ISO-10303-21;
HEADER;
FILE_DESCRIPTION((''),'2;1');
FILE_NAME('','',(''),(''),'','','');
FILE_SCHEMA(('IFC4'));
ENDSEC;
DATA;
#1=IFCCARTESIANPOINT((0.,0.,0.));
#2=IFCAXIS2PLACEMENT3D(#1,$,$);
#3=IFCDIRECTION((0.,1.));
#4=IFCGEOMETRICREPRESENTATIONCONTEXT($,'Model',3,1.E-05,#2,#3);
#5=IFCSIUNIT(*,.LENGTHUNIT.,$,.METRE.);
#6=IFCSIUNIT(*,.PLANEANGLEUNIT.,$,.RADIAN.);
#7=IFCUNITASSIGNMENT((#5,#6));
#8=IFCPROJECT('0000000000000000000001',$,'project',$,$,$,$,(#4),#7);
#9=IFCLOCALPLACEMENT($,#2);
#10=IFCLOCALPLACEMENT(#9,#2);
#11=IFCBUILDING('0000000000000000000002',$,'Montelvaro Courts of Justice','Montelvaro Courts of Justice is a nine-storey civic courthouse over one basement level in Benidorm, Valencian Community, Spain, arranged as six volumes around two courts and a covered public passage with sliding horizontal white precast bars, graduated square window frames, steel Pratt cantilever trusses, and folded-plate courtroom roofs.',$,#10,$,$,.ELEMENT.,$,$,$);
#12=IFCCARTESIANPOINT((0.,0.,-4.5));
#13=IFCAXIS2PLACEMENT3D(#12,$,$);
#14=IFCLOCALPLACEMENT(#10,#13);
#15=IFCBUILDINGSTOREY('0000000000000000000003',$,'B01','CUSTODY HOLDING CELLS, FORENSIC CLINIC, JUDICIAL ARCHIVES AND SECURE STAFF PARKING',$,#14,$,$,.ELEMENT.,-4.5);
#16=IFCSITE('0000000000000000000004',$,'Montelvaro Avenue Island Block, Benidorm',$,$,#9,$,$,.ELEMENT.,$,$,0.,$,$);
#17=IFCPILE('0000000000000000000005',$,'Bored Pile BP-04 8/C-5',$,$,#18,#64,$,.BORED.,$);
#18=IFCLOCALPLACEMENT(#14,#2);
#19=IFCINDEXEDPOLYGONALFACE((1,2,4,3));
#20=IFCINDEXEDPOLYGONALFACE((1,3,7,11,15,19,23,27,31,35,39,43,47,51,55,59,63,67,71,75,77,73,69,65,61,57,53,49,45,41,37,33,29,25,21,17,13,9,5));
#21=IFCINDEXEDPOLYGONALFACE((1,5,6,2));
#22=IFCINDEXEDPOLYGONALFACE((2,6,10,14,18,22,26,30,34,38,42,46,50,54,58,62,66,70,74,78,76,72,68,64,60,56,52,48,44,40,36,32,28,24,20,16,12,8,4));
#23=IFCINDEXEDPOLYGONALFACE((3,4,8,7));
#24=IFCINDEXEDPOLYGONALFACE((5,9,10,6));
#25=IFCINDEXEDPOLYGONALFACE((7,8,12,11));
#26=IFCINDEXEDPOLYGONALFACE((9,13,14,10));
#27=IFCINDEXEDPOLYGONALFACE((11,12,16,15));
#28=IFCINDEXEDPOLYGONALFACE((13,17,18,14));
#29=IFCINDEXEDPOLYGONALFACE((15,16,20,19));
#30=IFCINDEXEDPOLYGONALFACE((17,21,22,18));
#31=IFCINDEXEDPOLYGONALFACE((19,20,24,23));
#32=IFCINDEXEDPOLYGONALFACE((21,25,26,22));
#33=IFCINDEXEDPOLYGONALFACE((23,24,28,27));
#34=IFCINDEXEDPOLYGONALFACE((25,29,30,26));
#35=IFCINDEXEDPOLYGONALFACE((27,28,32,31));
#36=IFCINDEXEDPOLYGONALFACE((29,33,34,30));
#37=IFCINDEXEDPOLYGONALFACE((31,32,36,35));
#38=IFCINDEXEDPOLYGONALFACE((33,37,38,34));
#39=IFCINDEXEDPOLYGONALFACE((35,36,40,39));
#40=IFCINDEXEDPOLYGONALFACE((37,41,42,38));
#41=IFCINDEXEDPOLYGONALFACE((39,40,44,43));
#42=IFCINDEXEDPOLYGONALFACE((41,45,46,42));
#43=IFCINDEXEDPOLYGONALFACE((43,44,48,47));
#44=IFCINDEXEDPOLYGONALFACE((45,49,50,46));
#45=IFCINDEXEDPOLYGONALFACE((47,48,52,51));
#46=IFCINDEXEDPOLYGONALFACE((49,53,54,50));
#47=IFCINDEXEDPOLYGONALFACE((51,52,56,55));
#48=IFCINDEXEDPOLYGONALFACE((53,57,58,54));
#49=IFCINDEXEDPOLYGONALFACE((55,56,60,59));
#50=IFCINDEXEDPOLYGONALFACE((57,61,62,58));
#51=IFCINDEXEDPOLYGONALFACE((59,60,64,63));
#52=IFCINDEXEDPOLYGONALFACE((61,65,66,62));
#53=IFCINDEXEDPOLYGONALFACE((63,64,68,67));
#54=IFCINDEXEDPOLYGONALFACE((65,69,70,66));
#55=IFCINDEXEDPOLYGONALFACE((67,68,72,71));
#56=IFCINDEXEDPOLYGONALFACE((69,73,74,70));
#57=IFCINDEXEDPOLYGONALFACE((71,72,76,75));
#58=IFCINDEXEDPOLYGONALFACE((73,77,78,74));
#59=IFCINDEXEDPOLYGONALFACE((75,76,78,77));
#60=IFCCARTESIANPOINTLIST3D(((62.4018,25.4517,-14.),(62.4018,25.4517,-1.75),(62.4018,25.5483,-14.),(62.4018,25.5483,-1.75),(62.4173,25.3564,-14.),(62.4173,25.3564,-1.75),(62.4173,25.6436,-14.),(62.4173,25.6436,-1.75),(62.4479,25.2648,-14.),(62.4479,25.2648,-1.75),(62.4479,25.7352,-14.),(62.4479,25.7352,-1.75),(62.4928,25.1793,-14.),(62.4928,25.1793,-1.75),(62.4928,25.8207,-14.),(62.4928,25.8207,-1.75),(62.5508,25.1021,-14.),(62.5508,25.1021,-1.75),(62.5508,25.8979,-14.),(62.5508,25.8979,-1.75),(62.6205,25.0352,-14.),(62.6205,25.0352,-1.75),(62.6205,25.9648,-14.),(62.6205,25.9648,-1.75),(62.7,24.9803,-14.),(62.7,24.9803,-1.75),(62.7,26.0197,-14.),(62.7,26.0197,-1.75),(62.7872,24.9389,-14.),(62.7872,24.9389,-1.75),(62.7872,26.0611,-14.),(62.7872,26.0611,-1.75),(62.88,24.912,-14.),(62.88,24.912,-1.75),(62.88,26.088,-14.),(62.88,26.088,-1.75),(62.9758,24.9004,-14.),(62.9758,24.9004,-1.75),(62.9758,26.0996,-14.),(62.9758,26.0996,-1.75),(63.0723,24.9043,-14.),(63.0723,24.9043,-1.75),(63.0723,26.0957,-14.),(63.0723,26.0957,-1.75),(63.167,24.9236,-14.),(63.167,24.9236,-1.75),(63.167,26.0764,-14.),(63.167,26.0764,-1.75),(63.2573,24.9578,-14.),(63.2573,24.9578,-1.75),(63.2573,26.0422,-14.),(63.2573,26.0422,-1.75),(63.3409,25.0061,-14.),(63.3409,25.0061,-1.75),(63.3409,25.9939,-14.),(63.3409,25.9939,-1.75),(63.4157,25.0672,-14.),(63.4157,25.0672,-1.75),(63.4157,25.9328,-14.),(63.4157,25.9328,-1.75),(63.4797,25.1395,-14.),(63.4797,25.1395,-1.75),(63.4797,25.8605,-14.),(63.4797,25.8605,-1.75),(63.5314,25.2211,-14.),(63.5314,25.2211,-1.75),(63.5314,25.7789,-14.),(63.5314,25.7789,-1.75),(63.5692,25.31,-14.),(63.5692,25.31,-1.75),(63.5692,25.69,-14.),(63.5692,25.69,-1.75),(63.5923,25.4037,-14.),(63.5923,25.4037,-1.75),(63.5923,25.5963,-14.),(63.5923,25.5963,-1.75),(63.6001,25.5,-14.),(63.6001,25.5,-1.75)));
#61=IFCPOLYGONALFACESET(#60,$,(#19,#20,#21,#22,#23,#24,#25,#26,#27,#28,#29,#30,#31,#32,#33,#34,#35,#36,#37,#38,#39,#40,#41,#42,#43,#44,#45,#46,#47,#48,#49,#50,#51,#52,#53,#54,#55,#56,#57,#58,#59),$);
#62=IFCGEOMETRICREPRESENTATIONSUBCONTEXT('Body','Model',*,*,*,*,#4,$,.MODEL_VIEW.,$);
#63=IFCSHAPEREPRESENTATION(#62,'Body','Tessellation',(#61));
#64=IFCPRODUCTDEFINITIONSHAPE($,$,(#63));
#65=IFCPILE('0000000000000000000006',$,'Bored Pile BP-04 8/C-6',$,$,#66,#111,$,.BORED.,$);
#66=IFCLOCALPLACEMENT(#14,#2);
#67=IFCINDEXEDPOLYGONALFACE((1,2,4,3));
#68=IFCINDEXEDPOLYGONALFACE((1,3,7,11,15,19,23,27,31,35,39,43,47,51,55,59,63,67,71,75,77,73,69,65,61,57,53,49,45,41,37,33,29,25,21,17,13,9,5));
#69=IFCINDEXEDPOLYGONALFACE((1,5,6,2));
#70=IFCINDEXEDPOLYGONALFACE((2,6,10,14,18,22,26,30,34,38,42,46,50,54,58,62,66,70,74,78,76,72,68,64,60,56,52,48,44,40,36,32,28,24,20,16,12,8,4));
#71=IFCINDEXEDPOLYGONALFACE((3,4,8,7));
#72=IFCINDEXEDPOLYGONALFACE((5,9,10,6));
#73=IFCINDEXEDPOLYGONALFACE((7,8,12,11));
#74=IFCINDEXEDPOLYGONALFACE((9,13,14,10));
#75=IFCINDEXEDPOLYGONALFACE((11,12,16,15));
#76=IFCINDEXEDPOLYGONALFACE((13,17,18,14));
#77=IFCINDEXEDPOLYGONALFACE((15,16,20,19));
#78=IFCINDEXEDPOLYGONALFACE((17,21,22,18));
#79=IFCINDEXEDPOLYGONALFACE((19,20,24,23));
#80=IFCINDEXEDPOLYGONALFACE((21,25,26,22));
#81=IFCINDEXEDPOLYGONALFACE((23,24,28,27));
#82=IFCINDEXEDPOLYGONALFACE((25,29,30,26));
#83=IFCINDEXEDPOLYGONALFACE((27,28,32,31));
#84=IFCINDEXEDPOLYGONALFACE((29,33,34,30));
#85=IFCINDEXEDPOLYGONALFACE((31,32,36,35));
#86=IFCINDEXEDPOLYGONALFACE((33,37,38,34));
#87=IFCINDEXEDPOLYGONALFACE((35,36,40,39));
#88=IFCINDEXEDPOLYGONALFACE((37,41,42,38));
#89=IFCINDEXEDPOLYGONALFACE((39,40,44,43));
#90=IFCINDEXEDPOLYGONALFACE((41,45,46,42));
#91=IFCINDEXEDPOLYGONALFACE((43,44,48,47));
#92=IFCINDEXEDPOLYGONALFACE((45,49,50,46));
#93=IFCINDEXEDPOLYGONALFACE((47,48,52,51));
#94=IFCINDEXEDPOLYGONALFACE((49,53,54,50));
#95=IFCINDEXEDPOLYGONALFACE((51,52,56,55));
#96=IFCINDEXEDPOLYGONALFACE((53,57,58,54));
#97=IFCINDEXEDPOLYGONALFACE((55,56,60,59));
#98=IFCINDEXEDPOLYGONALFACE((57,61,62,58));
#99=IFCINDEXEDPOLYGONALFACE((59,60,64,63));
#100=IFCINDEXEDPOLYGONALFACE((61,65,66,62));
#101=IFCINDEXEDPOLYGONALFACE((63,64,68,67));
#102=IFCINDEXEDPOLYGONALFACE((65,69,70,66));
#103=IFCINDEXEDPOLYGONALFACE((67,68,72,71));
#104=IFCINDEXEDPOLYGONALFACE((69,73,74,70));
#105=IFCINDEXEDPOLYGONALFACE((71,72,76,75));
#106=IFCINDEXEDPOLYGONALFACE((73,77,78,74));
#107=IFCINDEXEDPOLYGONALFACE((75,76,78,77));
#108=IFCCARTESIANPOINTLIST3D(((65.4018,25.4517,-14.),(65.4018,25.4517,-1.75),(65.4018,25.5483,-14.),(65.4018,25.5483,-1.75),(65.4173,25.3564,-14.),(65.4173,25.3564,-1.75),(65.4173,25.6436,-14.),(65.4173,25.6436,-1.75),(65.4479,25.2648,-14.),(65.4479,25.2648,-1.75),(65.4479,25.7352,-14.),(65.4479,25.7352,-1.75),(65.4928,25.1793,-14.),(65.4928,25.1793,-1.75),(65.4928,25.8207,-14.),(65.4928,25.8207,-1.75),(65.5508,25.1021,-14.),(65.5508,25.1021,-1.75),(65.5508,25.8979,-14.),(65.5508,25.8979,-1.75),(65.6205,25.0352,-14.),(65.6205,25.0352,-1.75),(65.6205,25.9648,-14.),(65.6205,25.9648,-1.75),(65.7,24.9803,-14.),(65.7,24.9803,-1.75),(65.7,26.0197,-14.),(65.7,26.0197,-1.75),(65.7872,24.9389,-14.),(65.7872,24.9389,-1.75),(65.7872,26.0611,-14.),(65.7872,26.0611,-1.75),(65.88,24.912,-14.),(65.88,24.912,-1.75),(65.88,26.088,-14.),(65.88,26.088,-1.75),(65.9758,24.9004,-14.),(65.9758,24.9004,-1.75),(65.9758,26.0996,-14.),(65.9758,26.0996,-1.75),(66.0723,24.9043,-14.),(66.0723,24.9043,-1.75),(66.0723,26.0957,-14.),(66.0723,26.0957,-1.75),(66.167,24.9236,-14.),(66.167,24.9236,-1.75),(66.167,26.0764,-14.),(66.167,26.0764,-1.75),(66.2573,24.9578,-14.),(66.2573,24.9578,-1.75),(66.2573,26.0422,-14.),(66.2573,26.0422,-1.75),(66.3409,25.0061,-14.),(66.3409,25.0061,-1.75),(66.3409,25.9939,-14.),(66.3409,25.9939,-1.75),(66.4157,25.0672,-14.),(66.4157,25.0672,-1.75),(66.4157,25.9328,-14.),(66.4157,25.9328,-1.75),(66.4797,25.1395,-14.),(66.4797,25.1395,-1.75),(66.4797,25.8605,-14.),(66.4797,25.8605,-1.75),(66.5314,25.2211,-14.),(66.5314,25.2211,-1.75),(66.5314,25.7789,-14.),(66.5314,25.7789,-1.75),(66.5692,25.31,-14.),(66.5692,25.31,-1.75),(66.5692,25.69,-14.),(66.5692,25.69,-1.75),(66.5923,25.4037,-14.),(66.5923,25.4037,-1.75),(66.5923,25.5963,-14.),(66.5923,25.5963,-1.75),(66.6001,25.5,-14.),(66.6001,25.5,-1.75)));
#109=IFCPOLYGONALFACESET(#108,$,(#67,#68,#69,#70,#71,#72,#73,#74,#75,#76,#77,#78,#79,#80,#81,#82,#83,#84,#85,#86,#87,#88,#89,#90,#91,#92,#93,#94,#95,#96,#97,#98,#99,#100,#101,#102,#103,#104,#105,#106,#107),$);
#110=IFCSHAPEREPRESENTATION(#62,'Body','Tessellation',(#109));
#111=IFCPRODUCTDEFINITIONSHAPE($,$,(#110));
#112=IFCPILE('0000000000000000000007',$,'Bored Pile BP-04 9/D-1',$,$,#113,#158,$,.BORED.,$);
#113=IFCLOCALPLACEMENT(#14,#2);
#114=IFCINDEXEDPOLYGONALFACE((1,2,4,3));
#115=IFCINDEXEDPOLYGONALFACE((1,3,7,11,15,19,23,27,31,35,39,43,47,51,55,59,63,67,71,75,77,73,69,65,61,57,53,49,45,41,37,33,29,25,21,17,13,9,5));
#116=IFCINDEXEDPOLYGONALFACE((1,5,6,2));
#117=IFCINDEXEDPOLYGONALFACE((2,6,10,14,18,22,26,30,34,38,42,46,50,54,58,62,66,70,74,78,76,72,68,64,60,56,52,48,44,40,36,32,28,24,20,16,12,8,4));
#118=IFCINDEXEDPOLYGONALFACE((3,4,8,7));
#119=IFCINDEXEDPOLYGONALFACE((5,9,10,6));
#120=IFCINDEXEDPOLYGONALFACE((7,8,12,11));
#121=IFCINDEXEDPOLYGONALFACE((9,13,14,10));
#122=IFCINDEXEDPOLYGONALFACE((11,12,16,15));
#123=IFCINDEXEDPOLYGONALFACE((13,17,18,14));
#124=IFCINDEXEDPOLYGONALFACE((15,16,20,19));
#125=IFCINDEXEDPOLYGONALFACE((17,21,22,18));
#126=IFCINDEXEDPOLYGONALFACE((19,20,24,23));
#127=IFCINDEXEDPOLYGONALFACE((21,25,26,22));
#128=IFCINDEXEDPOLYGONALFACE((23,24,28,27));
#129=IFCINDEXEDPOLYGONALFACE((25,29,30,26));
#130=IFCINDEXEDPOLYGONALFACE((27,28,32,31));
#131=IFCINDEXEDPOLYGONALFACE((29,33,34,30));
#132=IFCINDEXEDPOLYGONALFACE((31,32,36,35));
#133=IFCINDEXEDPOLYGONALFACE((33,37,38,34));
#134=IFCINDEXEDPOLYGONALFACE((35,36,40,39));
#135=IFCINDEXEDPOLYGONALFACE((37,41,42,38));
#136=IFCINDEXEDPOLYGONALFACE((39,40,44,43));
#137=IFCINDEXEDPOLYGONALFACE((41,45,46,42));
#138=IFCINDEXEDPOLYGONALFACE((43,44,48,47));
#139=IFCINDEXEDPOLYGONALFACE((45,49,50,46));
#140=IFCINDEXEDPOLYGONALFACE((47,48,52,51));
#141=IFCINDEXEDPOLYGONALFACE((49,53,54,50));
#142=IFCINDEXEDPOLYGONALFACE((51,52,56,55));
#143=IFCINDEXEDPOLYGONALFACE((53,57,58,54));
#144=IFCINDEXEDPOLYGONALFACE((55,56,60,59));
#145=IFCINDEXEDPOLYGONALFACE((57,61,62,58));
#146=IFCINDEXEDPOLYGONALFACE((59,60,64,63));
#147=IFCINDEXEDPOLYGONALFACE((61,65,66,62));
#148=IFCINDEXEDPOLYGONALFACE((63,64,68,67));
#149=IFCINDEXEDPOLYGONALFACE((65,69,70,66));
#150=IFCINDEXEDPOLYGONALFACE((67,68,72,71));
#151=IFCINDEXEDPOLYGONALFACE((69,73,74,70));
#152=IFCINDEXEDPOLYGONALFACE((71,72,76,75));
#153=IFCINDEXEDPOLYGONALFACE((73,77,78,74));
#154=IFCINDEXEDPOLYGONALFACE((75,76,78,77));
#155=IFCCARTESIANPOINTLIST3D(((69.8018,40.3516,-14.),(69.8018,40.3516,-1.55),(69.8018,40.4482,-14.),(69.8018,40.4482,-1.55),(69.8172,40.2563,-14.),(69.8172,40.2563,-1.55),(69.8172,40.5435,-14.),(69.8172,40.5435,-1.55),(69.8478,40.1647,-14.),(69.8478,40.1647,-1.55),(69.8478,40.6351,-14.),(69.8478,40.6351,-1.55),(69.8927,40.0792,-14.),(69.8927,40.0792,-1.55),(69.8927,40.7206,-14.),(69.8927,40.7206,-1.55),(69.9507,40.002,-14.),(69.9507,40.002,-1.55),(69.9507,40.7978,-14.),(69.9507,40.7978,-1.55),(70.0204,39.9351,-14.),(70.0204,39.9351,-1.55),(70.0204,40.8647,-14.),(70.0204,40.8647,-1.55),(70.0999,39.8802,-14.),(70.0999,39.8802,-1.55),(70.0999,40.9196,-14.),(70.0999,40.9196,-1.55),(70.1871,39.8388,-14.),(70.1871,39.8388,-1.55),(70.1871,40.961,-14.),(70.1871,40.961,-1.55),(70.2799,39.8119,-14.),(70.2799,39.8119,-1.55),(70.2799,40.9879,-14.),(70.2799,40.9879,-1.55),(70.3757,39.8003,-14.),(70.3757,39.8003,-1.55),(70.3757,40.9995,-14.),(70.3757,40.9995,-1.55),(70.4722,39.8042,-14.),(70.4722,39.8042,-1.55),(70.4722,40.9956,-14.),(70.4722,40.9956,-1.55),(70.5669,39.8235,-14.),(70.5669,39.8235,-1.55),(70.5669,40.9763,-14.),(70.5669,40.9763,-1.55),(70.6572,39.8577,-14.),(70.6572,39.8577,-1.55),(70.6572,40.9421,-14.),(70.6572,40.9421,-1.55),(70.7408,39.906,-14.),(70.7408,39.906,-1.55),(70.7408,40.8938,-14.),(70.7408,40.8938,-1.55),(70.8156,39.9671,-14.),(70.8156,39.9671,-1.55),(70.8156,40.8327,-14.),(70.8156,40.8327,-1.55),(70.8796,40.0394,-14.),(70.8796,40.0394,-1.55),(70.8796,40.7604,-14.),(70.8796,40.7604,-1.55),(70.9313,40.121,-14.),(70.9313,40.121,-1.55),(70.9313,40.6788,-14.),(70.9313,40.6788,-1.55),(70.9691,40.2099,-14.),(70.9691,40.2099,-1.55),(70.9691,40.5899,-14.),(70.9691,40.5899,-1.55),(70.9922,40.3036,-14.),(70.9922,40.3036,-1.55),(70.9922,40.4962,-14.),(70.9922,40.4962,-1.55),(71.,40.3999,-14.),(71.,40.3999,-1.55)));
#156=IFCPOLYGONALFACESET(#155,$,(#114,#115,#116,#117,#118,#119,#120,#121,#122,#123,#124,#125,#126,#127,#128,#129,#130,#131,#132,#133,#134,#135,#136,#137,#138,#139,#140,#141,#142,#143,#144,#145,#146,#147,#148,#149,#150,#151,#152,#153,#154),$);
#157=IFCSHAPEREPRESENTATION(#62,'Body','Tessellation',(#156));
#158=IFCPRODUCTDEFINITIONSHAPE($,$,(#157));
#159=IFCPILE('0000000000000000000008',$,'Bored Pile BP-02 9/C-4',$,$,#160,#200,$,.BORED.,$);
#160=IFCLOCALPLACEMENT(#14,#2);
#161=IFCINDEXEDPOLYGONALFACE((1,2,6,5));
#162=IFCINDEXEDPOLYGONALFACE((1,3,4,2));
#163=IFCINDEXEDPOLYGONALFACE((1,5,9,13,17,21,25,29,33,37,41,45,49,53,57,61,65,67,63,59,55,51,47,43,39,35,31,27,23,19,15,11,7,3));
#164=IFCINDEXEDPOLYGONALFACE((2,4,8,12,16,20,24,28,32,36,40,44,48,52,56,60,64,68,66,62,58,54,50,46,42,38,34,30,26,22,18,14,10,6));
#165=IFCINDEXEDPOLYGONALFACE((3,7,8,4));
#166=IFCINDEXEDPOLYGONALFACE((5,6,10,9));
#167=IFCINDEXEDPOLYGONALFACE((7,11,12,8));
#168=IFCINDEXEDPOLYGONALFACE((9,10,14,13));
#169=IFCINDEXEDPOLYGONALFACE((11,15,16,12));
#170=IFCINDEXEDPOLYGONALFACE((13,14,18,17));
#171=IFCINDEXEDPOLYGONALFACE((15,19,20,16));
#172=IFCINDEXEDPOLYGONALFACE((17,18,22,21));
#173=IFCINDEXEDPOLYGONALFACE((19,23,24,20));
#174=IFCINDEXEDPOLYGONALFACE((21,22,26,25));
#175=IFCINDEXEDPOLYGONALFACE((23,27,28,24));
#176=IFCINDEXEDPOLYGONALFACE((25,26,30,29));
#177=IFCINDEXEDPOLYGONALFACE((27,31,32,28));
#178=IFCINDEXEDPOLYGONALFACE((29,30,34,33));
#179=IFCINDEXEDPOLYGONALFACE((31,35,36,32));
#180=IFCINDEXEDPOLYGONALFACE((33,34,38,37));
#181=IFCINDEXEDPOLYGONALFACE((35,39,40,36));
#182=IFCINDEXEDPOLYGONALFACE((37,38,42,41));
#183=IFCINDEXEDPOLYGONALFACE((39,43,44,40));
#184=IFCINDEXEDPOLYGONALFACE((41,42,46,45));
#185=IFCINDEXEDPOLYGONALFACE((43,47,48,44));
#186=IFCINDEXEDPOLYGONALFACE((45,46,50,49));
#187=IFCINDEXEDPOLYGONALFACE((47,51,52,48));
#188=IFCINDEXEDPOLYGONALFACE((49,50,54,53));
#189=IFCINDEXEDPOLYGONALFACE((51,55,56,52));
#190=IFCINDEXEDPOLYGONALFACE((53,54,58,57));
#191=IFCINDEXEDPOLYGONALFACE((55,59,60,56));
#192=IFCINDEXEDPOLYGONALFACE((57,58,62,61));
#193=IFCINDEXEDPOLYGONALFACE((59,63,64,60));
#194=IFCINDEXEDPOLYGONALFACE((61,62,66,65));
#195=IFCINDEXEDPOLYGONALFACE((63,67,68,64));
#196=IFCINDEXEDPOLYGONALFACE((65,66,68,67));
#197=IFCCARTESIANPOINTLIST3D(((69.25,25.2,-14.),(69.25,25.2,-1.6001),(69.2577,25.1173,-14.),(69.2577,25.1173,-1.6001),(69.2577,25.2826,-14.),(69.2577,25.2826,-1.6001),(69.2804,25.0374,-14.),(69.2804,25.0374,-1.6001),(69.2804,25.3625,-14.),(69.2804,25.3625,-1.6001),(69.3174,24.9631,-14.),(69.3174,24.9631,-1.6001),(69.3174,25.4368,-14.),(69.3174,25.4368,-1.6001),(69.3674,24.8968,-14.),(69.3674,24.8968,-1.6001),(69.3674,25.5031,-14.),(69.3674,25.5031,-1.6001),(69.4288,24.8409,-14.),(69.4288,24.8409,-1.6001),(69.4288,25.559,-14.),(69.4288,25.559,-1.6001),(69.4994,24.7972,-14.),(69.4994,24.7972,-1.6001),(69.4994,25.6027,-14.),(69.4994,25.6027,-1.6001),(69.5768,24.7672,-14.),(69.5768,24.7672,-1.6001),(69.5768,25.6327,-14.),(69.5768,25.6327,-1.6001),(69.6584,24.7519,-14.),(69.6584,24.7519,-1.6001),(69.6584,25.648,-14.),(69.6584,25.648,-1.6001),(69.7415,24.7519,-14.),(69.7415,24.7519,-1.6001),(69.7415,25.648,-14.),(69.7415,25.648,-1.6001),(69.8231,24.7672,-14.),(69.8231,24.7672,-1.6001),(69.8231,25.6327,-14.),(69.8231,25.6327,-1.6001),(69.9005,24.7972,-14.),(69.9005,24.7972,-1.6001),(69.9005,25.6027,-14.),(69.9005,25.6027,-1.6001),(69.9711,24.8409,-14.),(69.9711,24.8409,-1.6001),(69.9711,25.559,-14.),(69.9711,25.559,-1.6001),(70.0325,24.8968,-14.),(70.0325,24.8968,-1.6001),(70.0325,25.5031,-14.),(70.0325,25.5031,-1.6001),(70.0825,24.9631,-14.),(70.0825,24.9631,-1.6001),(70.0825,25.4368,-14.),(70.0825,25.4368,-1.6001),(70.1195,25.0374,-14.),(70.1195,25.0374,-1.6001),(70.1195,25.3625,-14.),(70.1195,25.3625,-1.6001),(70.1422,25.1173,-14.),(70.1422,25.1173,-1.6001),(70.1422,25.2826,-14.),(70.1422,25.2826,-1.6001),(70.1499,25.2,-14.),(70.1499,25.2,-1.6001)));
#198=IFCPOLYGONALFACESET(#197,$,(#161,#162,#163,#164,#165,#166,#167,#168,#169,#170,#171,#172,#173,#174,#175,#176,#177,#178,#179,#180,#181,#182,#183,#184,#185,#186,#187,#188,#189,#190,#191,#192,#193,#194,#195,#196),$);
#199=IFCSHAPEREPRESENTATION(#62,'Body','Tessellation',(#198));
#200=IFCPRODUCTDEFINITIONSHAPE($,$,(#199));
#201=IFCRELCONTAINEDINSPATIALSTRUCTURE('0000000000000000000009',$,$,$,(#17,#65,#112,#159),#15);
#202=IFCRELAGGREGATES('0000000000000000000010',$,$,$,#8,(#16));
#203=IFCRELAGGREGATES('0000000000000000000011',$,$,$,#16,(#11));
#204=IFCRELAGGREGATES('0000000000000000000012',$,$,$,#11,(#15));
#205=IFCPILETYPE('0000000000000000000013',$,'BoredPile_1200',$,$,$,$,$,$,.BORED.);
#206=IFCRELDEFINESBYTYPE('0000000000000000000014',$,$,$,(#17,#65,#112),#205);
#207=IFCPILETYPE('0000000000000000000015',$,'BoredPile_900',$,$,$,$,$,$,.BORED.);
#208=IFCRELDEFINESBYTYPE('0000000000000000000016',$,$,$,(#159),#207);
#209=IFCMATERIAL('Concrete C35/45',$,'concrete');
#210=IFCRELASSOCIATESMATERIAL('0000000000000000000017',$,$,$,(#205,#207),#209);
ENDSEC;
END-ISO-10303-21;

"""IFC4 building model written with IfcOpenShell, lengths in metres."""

from ifc_helpers import new_model, si_unit, direction, frame, origin, origin_2d, place, context, subcontext, project, spatial, circle, extrude, material, material_profile, profile_set, type_object, element, save


model = new_model("IFC4")

# Units and contexts
model_context = context("Model", 3, precision=1e-05, world=origin(), true_north=direction((0.0, 1.0)))
body_context = subcontext(model_context, "Body", "Model", "MODEL_VIEW")
ifc_project = project(units=[si_unit("LENGTHUNIT", "METRE"), si_unit("PLANEANGLEUNIT", "RADIAN")], contexts=[model_context])

# Site, building, storey
site_placement = place(None, origin())
site = spatial("IfcSite", under=ifc_project, at=site_placement, Name="Montelvaro Avenue Island Block, Benidorm", CompositionType="ELEMENT", RefElevation=0.0)
building_placement = place(site_placement, origin())
building = spatial("IfcBuilding", under=site, at=building_placement, Name="Montelvaro Courts of Justice", Description="Montelvaro Courts of Justice is a nine-storey civic courthouse over one basement level in Benidorm, Valencian Community, Spain, arranged as six volumes around two courts and a covered public passage with sliding horizontal white precast bars, graduated square window frames, steel Pratt cantilever trusses, and folded-plate courtroom roofs.", CompositionType="ELEMENT")
storey_placement = place(building_placement, frame((0.0, 0.0, -4.5)))
storey = spatial("IfcBuildingStorey", under=building, at=storey_placement, Name="B01", Description="CUSTODY HOLDING CELLS, FORENSIC CLINIC, JUDICIAL ARCHIVES AND SECURE STAFF PARKING", CompositionType="ELEMENT", Elevation=-4.5)

# Piles
ifc_material_1 = material(Name="Concrete C35/45", Category="concrete")
ifc_material_profile_1 = material_profile(ifc_material_1, circle(Radius=0.6001, at=origin_2d()), Name="BORED PILE D1200")
ifc_profile_set_1 = profile_set([ifc_material_profile_1], Name="Concrete C35/45")
pile_type_1 = type_object("IfcPileType", Name="BoredPile_1200", PredefinedType="BORED", material=ifc_profile_set_1)
for number, where, z_axis, x_axis, name in (
    (1, (63.0, 25.5, -1.75), (0.0, 0.0, -1.0), (1.0, 0.0, 0.0), "Bored Pile BP-04 8/C-5"),
    (2, (66.0, 25.5, -1.75), (0.0, 0.0, -1.0), (1.0, 0.0, 0.0), "Bored Pile BP-04 8/C-6"),
):
    element("IfcPile", number, at=place(storey_placement, frame(where, z_axis=z_axis, x_axis=x_axis)), inside=storey, type_object=pile_type_1, Name=name, PredefinedType="BORED", context=body_context, shape_type="SweptSolid", body=[
        extrude(circle(Radius=0.6001, at=origin_2d()), origin(), (0.0, 0.0, 1.0), 12.25),
    ])
pile_1_placement = place(storey_placement, frame((70.3999, 40.3999, -1.55), z_axis=(0.0, 0.0, -1.0), x_axis=(1.0, 0.0, 0.0)))
element("IfcPile", 3, at=pile_1_placement, inside=storey, type_object=pile_type_1, Name="Bored Pile BP-04 9/D-1", PredefinedType="BORED", context=body_context, shape_type="SweptSolid", body=[
    extrude(circle(Radius=0.6001, at=origin_2d()), origin(), (0.0, 0.0, 1.0), 12.45),
])
ifc_material_profile_2 = material_profile(ifc_material_1, circle(Radius=0.45, at=origin_2d()), Name="BORED PILE D900")
ifc_profile_set_2 = profile_set([ifc_material_profile_2], Name="Concrete C35/45")
pile_type_2 = type_object("IfcPileType", Name="BoredPile_900", PredefinedType="BORED", material=ifc_profile_set_2)
for number, where, z_axis, x_axis, name in (
    (4, (69.7, 25.2, -1.6001), (0.0, 0.0, -1.0), (1.0, 0.0, 0.0), "Bored Pile BP-02 9/C-4"),
):
    element("IfcPile", number, at=place(storey_placement, frame(where, z_axis=z_axis, x_axis=x_axis)), inside=storey, type_object=pile_type_2, Name=name, PredefinedType="BORED", context=body_context, shape_type="SweptSolid", body=[
        extrude(circle(Radius=0.45, at=origin_2d()), origin(), (0.0, 0.0, 1.0), 12.3999),
    ])

save(model, "model.ifc")
